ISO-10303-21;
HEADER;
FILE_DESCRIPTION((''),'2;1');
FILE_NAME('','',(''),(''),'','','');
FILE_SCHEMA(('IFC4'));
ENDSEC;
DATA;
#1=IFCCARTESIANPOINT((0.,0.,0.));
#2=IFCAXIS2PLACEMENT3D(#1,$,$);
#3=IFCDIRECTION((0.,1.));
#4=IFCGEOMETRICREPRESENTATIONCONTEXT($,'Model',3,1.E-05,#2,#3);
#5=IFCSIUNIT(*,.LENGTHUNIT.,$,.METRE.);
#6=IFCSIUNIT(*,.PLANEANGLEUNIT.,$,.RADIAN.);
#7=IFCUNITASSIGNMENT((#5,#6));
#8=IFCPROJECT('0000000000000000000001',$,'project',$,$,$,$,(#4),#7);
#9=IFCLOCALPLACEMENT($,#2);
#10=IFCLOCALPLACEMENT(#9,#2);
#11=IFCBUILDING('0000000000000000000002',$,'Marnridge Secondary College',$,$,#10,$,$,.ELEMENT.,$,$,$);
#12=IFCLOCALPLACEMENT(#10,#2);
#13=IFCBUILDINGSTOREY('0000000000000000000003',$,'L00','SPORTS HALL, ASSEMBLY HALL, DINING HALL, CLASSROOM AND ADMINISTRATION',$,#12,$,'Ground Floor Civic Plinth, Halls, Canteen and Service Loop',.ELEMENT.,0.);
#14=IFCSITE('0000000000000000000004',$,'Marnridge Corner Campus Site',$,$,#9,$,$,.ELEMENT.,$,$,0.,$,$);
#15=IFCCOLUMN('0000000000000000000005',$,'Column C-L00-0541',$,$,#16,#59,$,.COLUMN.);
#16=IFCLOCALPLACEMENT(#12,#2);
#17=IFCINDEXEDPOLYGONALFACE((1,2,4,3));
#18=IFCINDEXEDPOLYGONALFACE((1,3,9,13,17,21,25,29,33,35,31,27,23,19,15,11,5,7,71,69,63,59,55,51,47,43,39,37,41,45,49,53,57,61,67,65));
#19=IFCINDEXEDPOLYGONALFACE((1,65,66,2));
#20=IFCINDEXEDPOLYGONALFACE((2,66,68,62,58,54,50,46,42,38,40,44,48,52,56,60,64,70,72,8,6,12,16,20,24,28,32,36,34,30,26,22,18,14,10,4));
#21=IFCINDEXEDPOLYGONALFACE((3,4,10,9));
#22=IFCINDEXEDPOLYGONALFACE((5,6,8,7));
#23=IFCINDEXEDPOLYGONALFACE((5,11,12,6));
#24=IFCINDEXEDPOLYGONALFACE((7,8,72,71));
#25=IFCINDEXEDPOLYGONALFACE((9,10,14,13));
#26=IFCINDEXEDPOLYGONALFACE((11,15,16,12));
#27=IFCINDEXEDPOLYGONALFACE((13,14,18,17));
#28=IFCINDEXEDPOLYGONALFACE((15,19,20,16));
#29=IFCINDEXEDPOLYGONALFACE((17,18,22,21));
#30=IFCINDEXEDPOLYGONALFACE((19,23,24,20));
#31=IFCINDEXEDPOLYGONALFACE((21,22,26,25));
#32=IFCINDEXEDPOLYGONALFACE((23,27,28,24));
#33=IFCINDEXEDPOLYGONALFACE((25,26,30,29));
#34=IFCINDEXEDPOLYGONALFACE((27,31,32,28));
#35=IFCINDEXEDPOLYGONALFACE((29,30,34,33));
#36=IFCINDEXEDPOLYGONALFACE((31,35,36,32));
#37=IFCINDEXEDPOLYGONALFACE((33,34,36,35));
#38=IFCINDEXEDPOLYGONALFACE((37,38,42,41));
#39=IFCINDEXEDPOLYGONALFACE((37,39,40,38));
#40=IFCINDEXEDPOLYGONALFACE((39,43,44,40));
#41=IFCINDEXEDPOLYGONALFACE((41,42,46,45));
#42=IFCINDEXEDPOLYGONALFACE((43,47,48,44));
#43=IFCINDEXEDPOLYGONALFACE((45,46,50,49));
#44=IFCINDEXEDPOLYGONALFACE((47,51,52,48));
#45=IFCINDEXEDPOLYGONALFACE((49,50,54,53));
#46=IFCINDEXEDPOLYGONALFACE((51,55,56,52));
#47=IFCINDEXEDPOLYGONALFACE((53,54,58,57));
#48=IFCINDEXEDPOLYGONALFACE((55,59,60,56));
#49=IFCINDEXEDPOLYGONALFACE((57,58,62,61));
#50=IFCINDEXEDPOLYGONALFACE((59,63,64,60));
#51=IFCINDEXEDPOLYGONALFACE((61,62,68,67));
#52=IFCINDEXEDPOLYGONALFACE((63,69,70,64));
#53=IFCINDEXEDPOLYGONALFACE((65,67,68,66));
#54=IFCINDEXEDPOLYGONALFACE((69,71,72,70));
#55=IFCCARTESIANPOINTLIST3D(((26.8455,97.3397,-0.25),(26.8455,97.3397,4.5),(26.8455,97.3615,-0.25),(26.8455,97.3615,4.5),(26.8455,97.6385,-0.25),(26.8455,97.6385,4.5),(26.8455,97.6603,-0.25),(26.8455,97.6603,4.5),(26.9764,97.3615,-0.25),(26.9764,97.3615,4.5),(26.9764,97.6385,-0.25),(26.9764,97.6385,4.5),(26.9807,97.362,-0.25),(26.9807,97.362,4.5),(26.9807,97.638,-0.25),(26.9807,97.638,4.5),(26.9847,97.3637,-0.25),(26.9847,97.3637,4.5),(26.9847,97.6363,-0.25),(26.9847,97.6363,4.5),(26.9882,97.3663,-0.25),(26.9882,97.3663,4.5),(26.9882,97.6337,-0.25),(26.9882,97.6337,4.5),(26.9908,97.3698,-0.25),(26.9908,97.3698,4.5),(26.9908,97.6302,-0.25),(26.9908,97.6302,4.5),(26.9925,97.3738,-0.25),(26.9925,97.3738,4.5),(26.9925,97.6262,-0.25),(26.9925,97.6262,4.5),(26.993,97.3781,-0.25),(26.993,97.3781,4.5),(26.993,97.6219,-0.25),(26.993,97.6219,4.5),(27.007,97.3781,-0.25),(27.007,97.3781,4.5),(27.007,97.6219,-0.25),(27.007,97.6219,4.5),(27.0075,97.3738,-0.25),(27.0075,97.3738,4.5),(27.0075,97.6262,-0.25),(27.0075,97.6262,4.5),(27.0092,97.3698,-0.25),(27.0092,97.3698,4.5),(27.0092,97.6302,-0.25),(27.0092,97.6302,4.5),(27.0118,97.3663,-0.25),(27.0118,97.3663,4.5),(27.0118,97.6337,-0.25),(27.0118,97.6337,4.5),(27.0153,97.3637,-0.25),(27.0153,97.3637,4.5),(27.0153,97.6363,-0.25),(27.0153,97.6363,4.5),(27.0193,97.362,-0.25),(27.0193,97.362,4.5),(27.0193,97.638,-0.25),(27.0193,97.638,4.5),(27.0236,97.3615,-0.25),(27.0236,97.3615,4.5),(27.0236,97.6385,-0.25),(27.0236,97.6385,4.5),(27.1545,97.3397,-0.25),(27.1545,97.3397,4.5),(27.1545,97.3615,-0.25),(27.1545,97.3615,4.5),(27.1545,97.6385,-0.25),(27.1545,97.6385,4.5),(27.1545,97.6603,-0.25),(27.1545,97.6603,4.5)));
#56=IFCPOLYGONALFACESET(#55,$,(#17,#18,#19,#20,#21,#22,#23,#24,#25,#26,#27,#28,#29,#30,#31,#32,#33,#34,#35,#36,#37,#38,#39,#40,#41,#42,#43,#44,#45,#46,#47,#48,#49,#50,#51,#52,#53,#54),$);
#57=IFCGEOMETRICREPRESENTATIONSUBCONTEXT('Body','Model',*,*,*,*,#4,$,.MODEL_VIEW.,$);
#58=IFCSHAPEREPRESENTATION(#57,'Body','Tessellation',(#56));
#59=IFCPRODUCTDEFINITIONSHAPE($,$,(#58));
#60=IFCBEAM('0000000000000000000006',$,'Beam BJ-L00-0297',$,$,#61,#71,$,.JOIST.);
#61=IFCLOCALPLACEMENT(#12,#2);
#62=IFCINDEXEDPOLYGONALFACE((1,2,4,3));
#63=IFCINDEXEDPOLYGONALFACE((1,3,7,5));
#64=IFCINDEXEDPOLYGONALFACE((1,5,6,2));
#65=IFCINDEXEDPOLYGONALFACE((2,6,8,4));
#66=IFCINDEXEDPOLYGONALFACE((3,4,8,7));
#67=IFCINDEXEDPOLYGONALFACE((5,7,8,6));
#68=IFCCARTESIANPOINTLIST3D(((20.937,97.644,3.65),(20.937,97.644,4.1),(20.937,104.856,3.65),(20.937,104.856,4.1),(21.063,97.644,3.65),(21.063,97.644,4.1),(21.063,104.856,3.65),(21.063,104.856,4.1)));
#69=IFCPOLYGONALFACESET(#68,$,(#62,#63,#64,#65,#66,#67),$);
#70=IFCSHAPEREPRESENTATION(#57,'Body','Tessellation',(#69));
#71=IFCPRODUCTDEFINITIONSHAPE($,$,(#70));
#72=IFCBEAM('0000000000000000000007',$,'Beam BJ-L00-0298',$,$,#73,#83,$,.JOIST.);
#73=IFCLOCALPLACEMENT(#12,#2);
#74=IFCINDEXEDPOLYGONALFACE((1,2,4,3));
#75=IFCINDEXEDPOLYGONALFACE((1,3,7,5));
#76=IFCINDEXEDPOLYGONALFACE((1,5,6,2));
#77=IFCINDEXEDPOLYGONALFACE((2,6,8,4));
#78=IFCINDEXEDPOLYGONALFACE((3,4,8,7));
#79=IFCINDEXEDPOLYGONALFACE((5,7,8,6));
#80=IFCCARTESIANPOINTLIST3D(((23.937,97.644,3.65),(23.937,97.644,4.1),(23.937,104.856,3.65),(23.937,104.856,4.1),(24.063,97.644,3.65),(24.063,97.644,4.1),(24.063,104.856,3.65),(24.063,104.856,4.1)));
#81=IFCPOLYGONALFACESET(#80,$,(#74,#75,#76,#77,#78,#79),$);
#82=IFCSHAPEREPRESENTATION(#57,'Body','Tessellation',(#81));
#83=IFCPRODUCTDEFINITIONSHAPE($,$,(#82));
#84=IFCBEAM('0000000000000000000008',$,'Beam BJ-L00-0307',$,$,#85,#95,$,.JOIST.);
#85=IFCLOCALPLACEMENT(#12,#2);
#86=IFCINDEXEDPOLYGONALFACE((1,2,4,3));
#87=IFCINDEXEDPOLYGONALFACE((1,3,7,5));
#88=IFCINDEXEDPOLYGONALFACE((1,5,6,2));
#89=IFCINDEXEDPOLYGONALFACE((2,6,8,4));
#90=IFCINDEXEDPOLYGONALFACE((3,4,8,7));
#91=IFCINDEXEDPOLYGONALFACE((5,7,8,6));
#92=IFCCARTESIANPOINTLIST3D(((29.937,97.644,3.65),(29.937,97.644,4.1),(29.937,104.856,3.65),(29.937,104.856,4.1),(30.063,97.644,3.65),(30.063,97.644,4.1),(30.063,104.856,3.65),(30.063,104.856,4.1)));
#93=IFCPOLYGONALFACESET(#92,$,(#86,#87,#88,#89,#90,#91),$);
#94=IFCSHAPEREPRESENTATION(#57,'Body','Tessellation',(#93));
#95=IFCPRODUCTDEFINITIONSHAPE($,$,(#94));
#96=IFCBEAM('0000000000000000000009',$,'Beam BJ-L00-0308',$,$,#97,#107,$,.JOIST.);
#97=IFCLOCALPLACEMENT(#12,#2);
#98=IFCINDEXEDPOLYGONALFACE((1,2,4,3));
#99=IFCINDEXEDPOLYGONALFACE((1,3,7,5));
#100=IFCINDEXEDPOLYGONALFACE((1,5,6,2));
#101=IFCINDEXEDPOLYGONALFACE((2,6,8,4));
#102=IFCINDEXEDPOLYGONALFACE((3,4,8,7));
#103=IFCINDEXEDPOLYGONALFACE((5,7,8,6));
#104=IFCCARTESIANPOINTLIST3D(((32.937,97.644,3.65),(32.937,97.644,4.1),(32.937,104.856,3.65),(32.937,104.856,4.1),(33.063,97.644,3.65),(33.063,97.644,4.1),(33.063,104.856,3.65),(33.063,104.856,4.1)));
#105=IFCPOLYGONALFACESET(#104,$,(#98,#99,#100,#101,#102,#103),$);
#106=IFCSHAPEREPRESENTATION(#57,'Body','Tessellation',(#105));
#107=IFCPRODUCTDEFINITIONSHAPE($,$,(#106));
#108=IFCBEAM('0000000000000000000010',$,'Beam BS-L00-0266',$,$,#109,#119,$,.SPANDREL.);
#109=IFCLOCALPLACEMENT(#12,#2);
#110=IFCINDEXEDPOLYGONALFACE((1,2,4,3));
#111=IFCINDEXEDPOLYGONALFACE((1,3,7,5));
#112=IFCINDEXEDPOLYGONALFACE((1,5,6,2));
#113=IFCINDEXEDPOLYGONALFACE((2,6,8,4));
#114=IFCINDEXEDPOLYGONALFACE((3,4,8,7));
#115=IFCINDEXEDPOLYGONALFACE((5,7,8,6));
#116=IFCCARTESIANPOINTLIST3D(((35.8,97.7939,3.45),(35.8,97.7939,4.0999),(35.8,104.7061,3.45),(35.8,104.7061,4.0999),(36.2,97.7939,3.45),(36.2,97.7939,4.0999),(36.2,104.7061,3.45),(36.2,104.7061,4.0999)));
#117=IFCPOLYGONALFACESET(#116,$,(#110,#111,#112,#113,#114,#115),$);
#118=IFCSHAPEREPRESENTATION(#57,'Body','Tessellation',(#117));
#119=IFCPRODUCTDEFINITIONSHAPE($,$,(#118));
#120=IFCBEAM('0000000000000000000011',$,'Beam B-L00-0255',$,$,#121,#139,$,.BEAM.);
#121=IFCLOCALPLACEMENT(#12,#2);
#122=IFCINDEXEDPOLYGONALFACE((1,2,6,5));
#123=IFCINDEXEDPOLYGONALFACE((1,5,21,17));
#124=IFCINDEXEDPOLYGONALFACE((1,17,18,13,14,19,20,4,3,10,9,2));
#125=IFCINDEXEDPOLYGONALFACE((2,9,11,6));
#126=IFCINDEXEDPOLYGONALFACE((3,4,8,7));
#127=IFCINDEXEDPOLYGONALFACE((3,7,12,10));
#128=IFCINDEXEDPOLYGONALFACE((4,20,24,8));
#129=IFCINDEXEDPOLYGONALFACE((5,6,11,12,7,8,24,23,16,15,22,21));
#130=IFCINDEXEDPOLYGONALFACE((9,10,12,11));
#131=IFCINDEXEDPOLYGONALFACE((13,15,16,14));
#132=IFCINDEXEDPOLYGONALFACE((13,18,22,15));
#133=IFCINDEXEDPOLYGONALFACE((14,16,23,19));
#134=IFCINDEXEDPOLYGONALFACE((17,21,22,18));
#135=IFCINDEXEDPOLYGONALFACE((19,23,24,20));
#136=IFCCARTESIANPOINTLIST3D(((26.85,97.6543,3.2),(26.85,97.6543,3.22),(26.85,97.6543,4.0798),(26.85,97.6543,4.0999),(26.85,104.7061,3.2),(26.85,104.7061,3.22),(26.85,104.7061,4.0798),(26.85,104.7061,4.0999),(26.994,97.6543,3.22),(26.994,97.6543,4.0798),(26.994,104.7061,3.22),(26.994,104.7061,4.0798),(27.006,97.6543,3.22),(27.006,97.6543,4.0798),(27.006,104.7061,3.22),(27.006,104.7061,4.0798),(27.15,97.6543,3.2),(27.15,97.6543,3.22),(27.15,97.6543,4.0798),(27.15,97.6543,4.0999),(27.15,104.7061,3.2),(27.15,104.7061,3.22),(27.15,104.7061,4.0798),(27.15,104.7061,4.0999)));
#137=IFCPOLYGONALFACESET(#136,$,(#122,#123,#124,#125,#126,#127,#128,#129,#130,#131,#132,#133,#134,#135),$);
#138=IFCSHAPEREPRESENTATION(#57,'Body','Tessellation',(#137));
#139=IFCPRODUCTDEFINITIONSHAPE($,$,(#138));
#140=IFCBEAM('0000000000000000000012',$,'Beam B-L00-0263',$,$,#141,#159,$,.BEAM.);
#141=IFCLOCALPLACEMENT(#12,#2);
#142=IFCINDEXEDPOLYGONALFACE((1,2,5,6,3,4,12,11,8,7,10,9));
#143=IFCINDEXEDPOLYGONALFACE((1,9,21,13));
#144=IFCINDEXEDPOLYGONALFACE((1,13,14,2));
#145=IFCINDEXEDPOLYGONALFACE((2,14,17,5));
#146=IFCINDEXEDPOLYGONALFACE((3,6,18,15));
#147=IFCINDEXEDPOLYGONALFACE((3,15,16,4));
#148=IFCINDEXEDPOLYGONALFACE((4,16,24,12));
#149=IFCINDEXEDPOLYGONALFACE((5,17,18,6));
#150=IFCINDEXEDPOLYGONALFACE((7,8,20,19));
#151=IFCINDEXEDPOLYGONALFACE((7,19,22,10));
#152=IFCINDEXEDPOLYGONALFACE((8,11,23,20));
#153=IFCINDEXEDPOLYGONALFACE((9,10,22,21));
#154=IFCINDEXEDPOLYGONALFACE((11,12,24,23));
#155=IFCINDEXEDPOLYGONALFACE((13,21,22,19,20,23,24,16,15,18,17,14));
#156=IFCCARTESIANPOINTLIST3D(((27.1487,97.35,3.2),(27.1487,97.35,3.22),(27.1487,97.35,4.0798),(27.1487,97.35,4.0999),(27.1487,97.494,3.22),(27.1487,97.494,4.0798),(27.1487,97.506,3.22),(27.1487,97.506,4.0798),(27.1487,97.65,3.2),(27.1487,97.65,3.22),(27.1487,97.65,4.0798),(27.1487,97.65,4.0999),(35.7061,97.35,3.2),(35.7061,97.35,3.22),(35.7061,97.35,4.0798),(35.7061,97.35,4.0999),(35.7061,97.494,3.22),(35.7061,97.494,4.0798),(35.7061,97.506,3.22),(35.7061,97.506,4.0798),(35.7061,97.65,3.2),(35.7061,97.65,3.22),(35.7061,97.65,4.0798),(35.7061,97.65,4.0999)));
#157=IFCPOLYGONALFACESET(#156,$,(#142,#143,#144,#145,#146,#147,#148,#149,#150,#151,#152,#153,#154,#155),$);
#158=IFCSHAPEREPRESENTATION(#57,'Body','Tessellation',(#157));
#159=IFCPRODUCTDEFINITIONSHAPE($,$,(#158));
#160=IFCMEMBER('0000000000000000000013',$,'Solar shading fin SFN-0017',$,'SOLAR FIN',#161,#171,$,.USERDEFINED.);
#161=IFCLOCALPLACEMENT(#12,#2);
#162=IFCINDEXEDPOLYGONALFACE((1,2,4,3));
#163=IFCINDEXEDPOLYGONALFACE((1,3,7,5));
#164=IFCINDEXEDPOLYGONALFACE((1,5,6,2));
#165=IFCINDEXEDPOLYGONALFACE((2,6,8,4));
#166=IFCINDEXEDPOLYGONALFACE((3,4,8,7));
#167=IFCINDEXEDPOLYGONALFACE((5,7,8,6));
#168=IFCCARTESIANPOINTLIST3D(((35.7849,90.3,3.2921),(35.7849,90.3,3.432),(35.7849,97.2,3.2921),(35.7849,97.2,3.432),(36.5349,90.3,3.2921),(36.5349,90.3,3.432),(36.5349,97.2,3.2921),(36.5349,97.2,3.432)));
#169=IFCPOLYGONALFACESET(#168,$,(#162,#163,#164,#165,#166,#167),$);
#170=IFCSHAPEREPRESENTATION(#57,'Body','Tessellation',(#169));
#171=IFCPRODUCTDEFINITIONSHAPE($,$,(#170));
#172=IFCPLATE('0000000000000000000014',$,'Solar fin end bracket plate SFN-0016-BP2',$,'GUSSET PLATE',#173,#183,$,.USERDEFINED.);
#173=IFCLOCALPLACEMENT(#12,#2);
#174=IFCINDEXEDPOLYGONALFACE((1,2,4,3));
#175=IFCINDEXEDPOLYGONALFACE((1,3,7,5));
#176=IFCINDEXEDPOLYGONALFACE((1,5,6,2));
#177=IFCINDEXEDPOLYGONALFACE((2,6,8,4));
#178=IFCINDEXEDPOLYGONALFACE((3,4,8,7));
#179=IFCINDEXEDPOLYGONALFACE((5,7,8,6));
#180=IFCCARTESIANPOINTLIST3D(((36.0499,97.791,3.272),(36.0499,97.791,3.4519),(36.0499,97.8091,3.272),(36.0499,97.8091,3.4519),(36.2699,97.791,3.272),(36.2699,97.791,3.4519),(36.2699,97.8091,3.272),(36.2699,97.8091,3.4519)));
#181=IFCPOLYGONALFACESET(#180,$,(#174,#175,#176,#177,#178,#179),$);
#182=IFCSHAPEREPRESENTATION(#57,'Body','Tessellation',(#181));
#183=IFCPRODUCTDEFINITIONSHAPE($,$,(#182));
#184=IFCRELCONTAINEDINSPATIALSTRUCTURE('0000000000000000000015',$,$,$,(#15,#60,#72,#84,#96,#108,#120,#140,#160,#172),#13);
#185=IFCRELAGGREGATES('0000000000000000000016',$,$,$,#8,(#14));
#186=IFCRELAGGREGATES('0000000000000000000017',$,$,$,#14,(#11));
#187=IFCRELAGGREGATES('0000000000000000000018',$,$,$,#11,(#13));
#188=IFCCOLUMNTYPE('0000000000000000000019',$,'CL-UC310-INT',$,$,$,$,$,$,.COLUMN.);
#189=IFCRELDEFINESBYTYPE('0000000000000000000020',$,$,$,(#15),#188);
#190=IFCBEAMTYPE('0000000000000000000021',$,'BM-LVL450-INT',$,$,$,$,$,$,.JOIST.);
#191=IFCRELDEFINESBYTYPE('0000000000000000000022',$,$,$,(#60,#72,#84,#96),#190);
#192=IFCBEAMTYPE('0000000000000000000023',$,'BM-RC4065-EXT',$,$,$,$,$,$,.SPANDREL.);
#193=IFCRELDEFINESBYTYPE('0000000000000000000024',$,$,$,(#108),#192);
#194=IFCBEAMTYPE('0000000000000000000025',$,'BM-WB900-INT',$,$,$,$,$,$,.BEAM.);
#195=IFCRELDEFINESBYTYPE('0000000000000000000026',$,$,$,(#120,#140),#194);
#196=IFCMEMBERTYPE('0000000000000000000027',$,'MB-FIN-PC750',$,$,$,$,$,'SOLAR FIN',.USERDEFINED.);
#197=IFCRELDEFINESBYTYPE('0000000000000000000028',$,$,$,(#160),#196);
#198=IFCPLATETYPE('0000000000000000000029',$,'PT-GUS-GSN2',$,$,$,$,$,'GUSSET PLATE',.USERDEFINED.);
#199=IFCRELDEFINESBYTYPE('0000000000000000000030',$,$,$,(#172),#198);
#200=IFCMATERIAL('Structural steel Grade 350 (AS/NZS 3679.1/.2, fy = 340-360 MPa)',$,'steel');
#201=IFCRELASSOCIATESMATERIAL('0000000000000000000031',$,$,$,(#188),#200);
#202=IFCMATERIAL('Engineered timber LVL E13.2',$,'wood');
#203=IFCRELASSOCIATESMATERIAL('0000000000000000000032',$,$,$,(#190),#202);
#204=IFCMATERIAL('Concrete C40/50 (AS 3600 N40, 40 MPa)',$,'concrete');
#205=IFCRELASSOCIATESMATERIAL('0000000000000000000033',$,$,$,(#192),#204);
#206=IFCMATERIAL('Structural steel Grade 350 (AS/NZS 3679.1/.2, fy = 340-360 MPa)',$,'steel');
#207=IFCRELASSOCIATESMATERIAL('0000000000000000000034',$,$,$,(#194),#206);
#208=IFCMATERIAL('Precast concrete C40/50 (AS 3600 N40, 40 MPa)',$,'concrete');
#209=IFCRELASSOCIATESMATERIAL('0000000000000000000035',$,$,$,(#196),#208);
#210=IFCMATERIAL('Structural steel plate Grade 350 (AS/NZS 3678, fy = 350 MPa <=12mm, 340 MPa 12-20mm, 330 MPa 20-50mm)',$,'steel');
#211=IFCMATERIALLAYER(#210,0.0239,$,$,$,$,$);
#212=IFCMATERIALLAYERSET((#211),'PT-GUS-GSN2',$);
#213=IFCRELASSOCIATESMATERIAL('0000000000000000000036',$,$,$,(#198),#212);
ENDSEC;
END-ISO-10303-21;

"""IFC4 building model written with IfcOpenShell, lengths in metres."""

from ifc_helpers import new_model, si_unit, direction, frame, origin, origin_2d, place, context, subcontext, project, spatial, rectangle, i_section, extrude, material, layer, layer_set, material_profile, profile_set, type_object, element, save


model = new_model("IFC4")

# Units and contexts
model_context = context("Model", 3, precision=1e-05, world=origin(), true_north=direction((0.0, 1.0)))
body_context = subcontext(model_context, "Body", "Model", "MODEL_VIEW")
ifc_project = project(units=[si_unit("LENGTHUNIT", "METRE"), si_unit("PLANEANGLEUNIT", "RADIAN")], contexts=[model_context])

# Site, building, storey
site_placement = place(None, origin())
site = spatial("IfcSite", under=ifc_project, at=site_placement, Name="Marnridge Corner Campus Site", CompositionType="ELEMENT", RefElevation=0.0)
building_placement = place(site_placement, origin())
building = spatial("IfcBuilding", under=site, at=building_placement, Name="Marnridge Secondary College", CompositionType="ELEMENT")
storey_placement = place(building_placement, origin())
storey = spatial("IfcBuildingStorey", under=building, at=storey_placement, Name="L00", Description="SPORTS HALL, ASSEMBLY HALL, DINING HALL, CLASSROOM AND ADMINISTRATION", LongName="Ground Floor Civic Plinth, Halls, Canteen and Service Loop", CompositionType="ELEMENT", Elevation=0.0)

# Column
ifc_material_1 = material(Name="Structural steel Grade 350 (AS/NZS 3679.1/.2, fy = 340-360 MPa)", Category="steel")
ifc_material_profile_1 = material_profile(ifc_material_1, i_section(OverallWidth=0.3091, OverallDepth=0.3206, WebThickness=0.0139, FlangeThickness=0.0217, FilletRadius=0.0166, at=origin_2d()), Name="310UC137")
ifc_profile_set_1 = profile_set([ifc_material_profile_1], Name="Structural steel Grade 350 (AS/NZS 3679.1/.2, fy = 340-360 MPa)")
column_type_1 = type_object("IfcColumnType", Name="CL-UC310-INT", PredefinedType="COLUMN", material=ifc_profile_set_1)
column_1_placement = place(storey_placement, frame((27.0, 97.5, -0.25), z_axis=(0.0, 0.0, 1.0), x_axis=(1.0, 0.0, 0.0)))
element("IfcColumn", 1, at=column_1_placement, inside=storey, type_object=column_type_1, Name="Column C-L00-0541", PredefinedType="COLUMN", context=body_context, shape_type="SweptSolid", body=[
    extrude(i_section(OverallWidth=0.3091, OverallDepth=0.3206, WebThickness=0.0139, FlangeThickness=0.0217, FilletRadius=0.0166, at=origin_2d()), origin(), (0.0, 0.0, 1.0), 4.75),
])

# Beams
ifc_material_2 = material(Name="Engineered timber LVL E13.2", Category="wood")
ifc_material_profile_2 = material_profile(ifc_material_2, rectangle(XDim=0.126, YDim=0.45, at=origin_2d()), Name="LVL 126x450")
ifc_profile_set_2 = profile_set([ifc_material_profile_2], Name="Engineered timber LVL E13.2")
beam_type_1 = type_object("IfcBeamType", Name="BM-LVL450-INT", PredefinedType="JOIST", material=ifc_profile_set_2)
for number, where, z_axis, x_axis, name in (
    (2, (21.0, 97.644, 3.875), (0.0, 1.0, 0.0), (-1.0, 0.0, 0.0), "Beam BJ-L00-0297"),
    (3, (24.0, 97.644, 3.875), (0.0, 1.0, 0.0), (-1.0, 0.0, 0.0), "Beam BJ-L00-0298"),
    (4, (30.0, 97.644, 3.875), (0.0, 1.0, 0.0), (-1.0, 0.0, 0.0), "Beam BJ-L00-0307"),
    (5, (33.0, 97.644, 3.875), (0.0, 1.0, 0.0), (-1.0, 0.0, 0.0), "Beam BJ-L00-0308"),
):
    element("IfcBeam", number, at=place(storey_placement, frame(where, z_axis=z_axis, x_axis=x_axis)), inside=storey, type_object=beam_type_1, Name=name, PredefinedType="JOIST", context=body_context, shape_type="SweptSolid", body=[
        extrude(rectangle(XDim=0.126, YDim=0.45, at=origin_2d()), origin(), (0.0, 0.0, 1.0), 7.2119),
    ])
ifc_material_3 = material(Name="Concrete C40/50 (AS 3600 N40, 40 MPa)", Category="concrete")
ifc_material_profile_3 = material_profile(ifc_material_3, rectangle(XDim=0.3999, YDim=0.6499, at=origin_2d()), Name="RC 400x650")
ifc_profile_set_3 = profile_set([ifc_material_profile_3], Name="Concrete C40/50 (AS 3600 N40, 40 MPa)")
beam_type_2 = type_object("IfcBeamType", Name="BM-RC4065-EXT", PredefinedType="SPANDREL", material=ifc_profile_set_3)
beam_1_placement = place(storey_placement, frame((36.0, 97.7939, 3.7749), z_axis=(0.0, 1.0, 0.0), x_axis=(-1.0, 0.0, 0.0)))
element("IfcBeam", 6, at=beam_1_placement, inside=storey, type_object=beam_type_2, Name="Beam BS-L00-0266", PredefinedType="SPANDREL", context=body_context, shape_type="SweptSolid", body=[
    extrude(rectangle(XDim=0.3999, YDim=0.6499, at=origin_2d()), origin(), (0.0, 0.0, 1.0), 6.9121),
])
ifc_material_4 = material(Name="Structural steel Grade 350 (AS/NZS 3679.1/.2, fy = 340-360 MPa)", Category="steel")
ifc_material_profile_4 = material_profile(ifc_material_4, i_section(OverallWidth=0.3, OverallDepth=0.8999, WebThickness=0.012, FlangeThickness=0.02, at=origin_2d()), Name="900WB175")
ifc_profile_set_4 = profile_set([ifc_material_profile_4], Name="Structural steel Grade 350 (AS/NZS 3679.1/.2, fy = 340-360 MPa)")
beam_type_3 = type_object("IfcBeamType", Name="BM-WB900-INT", PredefinedType="BEAM", material=ifc_profile_set_4)
beam_2_placement = place(storey_placement, frame((27.0, 97.6543, 3.6499), z_axis=(0.0, 1.0, 0.0), x_axis=(-1.0, 0.0, 0.0)))
element("IfcBeam", 7, at=beam_2_placement, inside=storey, type_object=beam_type_3, Name="Beam B-L00-0255", PredefinedType="BEAM", context=body_context, shape_type="SweptSolid", body=[
    extrude(i_section(OverallWidth=0.3, OverallDepth=0.8999, WebThickness=0.012, FlangeThickness=0.02, at=origin_2d()), origin(), (0.0, 0.0, 1.0), 7.0518),
])
beam_3_placement = place(storey_placement, frame((27.1487, 97.5, 3.6499), z_axis=(1.0, 0.0, 0.0), x_axis=(0.0, 1.0, 0.0)))
element("IfcBeam", 8, at=beam_3_placement, inside=storey, type_object=beam_type_3, Name="Beam B-L00-0263", PredefinedType="BEAM", context=body_context, shape_type="SweptSolid", body=[
    extrude(i_section(OverallWidth=0.3, OverallDepth=0.8999, WebThickness=0.012, FlangeThickness=0.02, at=origin_2d()), origin(), (0.0, 0.0, 1.0), 8.5574),
])

# Member
ifc_material_5 = material(Name="Precast concrete C40/50 (AS 3600 N40, 40 MPa)", Category="concrete")
ifc_material_profile_5 = material_profile(ifc_material_5, rectangle(XDim=0.1399, YDim=0.75, at=origin_2d()), Name="FIN PC 140x750")
ifc_profile_set_5 = profile_set([ifc_material_profile_5], Name="Precast concrete C40/50 (AS 3600 N40, 40 MPa)")
member_type = type_object("IfcMemberType", Name="MB-FIN-PC750", ElementType="SOLAR FIN", PredefinedType="USERDEFINED", material=ifc_profile_set_5)
member_placement = place(storey_placement, frame((36.1599, 97.2, 3.3621), z_axis=(0.0, -1.0, 0.0), x_axis=(0.0, 0.0, 1.0)))
element("IfcMember", 9, at=member_placement, inside=storey, type_object=member_type, Name="Solar shading fin SFN-0017", ObjectType="SOLAR FIN", PredefinedType="USERDEFINED", context=body_context, shape_type="SweptSolid", body=[
    extrude(rectangle(XDim=0.1399, YDim=0.75, at=origin_2d()), origin(), (0.0, 0.0, 1.0), 6.8999),
])

# Plate
ifc_material_6 = material(Name="Structural steel plate Grade 350 (AS/NZS 3678, fy = 350 MPa <=12mm, 340 MPa 12-20mm, 330 MPa 20-50mm)", Category="steel")
ifc_layer_1 = layer(ifc_material_6, 0.0239)
ifc_layer_set_1 = layer_set([ifc_layer_1], Name="PT-GUS-GSN2")
plate_type = type_object("IfcPlateType", Name="PT-GUS-GSN2", ElementType="GUSSET PLATE", PredefinedType="USERDEFINED", material=ifc_layer_set_1)
for number, where, z_axis, x_axis, name in (
    (10, (36.1599, 97.8, 3.272), (0.0, 0.0, 1.0), (1.0, 0.0, 0.0), "Solar fin end bracket plate SFN-0016-BP2"),
):
    element("IfcPlate", number, at=place(storey_placement, frame(where, z_axis=z_axis, x_axis=x_axis)), inside=storey, type_object=plate_type, Name=name, ObjectType="GUSSET PLATE", PredefinedType="USERDEFINED", context=body_context, shape_type="SweptSolid", body=[
        extrude(rectangle(XDim=0.22, YDim=0.0181, at=origin_2d()), origin(), (0.0, 0.0, 1.0), 0.1799),
    ])

save(model, "model.ifc")
